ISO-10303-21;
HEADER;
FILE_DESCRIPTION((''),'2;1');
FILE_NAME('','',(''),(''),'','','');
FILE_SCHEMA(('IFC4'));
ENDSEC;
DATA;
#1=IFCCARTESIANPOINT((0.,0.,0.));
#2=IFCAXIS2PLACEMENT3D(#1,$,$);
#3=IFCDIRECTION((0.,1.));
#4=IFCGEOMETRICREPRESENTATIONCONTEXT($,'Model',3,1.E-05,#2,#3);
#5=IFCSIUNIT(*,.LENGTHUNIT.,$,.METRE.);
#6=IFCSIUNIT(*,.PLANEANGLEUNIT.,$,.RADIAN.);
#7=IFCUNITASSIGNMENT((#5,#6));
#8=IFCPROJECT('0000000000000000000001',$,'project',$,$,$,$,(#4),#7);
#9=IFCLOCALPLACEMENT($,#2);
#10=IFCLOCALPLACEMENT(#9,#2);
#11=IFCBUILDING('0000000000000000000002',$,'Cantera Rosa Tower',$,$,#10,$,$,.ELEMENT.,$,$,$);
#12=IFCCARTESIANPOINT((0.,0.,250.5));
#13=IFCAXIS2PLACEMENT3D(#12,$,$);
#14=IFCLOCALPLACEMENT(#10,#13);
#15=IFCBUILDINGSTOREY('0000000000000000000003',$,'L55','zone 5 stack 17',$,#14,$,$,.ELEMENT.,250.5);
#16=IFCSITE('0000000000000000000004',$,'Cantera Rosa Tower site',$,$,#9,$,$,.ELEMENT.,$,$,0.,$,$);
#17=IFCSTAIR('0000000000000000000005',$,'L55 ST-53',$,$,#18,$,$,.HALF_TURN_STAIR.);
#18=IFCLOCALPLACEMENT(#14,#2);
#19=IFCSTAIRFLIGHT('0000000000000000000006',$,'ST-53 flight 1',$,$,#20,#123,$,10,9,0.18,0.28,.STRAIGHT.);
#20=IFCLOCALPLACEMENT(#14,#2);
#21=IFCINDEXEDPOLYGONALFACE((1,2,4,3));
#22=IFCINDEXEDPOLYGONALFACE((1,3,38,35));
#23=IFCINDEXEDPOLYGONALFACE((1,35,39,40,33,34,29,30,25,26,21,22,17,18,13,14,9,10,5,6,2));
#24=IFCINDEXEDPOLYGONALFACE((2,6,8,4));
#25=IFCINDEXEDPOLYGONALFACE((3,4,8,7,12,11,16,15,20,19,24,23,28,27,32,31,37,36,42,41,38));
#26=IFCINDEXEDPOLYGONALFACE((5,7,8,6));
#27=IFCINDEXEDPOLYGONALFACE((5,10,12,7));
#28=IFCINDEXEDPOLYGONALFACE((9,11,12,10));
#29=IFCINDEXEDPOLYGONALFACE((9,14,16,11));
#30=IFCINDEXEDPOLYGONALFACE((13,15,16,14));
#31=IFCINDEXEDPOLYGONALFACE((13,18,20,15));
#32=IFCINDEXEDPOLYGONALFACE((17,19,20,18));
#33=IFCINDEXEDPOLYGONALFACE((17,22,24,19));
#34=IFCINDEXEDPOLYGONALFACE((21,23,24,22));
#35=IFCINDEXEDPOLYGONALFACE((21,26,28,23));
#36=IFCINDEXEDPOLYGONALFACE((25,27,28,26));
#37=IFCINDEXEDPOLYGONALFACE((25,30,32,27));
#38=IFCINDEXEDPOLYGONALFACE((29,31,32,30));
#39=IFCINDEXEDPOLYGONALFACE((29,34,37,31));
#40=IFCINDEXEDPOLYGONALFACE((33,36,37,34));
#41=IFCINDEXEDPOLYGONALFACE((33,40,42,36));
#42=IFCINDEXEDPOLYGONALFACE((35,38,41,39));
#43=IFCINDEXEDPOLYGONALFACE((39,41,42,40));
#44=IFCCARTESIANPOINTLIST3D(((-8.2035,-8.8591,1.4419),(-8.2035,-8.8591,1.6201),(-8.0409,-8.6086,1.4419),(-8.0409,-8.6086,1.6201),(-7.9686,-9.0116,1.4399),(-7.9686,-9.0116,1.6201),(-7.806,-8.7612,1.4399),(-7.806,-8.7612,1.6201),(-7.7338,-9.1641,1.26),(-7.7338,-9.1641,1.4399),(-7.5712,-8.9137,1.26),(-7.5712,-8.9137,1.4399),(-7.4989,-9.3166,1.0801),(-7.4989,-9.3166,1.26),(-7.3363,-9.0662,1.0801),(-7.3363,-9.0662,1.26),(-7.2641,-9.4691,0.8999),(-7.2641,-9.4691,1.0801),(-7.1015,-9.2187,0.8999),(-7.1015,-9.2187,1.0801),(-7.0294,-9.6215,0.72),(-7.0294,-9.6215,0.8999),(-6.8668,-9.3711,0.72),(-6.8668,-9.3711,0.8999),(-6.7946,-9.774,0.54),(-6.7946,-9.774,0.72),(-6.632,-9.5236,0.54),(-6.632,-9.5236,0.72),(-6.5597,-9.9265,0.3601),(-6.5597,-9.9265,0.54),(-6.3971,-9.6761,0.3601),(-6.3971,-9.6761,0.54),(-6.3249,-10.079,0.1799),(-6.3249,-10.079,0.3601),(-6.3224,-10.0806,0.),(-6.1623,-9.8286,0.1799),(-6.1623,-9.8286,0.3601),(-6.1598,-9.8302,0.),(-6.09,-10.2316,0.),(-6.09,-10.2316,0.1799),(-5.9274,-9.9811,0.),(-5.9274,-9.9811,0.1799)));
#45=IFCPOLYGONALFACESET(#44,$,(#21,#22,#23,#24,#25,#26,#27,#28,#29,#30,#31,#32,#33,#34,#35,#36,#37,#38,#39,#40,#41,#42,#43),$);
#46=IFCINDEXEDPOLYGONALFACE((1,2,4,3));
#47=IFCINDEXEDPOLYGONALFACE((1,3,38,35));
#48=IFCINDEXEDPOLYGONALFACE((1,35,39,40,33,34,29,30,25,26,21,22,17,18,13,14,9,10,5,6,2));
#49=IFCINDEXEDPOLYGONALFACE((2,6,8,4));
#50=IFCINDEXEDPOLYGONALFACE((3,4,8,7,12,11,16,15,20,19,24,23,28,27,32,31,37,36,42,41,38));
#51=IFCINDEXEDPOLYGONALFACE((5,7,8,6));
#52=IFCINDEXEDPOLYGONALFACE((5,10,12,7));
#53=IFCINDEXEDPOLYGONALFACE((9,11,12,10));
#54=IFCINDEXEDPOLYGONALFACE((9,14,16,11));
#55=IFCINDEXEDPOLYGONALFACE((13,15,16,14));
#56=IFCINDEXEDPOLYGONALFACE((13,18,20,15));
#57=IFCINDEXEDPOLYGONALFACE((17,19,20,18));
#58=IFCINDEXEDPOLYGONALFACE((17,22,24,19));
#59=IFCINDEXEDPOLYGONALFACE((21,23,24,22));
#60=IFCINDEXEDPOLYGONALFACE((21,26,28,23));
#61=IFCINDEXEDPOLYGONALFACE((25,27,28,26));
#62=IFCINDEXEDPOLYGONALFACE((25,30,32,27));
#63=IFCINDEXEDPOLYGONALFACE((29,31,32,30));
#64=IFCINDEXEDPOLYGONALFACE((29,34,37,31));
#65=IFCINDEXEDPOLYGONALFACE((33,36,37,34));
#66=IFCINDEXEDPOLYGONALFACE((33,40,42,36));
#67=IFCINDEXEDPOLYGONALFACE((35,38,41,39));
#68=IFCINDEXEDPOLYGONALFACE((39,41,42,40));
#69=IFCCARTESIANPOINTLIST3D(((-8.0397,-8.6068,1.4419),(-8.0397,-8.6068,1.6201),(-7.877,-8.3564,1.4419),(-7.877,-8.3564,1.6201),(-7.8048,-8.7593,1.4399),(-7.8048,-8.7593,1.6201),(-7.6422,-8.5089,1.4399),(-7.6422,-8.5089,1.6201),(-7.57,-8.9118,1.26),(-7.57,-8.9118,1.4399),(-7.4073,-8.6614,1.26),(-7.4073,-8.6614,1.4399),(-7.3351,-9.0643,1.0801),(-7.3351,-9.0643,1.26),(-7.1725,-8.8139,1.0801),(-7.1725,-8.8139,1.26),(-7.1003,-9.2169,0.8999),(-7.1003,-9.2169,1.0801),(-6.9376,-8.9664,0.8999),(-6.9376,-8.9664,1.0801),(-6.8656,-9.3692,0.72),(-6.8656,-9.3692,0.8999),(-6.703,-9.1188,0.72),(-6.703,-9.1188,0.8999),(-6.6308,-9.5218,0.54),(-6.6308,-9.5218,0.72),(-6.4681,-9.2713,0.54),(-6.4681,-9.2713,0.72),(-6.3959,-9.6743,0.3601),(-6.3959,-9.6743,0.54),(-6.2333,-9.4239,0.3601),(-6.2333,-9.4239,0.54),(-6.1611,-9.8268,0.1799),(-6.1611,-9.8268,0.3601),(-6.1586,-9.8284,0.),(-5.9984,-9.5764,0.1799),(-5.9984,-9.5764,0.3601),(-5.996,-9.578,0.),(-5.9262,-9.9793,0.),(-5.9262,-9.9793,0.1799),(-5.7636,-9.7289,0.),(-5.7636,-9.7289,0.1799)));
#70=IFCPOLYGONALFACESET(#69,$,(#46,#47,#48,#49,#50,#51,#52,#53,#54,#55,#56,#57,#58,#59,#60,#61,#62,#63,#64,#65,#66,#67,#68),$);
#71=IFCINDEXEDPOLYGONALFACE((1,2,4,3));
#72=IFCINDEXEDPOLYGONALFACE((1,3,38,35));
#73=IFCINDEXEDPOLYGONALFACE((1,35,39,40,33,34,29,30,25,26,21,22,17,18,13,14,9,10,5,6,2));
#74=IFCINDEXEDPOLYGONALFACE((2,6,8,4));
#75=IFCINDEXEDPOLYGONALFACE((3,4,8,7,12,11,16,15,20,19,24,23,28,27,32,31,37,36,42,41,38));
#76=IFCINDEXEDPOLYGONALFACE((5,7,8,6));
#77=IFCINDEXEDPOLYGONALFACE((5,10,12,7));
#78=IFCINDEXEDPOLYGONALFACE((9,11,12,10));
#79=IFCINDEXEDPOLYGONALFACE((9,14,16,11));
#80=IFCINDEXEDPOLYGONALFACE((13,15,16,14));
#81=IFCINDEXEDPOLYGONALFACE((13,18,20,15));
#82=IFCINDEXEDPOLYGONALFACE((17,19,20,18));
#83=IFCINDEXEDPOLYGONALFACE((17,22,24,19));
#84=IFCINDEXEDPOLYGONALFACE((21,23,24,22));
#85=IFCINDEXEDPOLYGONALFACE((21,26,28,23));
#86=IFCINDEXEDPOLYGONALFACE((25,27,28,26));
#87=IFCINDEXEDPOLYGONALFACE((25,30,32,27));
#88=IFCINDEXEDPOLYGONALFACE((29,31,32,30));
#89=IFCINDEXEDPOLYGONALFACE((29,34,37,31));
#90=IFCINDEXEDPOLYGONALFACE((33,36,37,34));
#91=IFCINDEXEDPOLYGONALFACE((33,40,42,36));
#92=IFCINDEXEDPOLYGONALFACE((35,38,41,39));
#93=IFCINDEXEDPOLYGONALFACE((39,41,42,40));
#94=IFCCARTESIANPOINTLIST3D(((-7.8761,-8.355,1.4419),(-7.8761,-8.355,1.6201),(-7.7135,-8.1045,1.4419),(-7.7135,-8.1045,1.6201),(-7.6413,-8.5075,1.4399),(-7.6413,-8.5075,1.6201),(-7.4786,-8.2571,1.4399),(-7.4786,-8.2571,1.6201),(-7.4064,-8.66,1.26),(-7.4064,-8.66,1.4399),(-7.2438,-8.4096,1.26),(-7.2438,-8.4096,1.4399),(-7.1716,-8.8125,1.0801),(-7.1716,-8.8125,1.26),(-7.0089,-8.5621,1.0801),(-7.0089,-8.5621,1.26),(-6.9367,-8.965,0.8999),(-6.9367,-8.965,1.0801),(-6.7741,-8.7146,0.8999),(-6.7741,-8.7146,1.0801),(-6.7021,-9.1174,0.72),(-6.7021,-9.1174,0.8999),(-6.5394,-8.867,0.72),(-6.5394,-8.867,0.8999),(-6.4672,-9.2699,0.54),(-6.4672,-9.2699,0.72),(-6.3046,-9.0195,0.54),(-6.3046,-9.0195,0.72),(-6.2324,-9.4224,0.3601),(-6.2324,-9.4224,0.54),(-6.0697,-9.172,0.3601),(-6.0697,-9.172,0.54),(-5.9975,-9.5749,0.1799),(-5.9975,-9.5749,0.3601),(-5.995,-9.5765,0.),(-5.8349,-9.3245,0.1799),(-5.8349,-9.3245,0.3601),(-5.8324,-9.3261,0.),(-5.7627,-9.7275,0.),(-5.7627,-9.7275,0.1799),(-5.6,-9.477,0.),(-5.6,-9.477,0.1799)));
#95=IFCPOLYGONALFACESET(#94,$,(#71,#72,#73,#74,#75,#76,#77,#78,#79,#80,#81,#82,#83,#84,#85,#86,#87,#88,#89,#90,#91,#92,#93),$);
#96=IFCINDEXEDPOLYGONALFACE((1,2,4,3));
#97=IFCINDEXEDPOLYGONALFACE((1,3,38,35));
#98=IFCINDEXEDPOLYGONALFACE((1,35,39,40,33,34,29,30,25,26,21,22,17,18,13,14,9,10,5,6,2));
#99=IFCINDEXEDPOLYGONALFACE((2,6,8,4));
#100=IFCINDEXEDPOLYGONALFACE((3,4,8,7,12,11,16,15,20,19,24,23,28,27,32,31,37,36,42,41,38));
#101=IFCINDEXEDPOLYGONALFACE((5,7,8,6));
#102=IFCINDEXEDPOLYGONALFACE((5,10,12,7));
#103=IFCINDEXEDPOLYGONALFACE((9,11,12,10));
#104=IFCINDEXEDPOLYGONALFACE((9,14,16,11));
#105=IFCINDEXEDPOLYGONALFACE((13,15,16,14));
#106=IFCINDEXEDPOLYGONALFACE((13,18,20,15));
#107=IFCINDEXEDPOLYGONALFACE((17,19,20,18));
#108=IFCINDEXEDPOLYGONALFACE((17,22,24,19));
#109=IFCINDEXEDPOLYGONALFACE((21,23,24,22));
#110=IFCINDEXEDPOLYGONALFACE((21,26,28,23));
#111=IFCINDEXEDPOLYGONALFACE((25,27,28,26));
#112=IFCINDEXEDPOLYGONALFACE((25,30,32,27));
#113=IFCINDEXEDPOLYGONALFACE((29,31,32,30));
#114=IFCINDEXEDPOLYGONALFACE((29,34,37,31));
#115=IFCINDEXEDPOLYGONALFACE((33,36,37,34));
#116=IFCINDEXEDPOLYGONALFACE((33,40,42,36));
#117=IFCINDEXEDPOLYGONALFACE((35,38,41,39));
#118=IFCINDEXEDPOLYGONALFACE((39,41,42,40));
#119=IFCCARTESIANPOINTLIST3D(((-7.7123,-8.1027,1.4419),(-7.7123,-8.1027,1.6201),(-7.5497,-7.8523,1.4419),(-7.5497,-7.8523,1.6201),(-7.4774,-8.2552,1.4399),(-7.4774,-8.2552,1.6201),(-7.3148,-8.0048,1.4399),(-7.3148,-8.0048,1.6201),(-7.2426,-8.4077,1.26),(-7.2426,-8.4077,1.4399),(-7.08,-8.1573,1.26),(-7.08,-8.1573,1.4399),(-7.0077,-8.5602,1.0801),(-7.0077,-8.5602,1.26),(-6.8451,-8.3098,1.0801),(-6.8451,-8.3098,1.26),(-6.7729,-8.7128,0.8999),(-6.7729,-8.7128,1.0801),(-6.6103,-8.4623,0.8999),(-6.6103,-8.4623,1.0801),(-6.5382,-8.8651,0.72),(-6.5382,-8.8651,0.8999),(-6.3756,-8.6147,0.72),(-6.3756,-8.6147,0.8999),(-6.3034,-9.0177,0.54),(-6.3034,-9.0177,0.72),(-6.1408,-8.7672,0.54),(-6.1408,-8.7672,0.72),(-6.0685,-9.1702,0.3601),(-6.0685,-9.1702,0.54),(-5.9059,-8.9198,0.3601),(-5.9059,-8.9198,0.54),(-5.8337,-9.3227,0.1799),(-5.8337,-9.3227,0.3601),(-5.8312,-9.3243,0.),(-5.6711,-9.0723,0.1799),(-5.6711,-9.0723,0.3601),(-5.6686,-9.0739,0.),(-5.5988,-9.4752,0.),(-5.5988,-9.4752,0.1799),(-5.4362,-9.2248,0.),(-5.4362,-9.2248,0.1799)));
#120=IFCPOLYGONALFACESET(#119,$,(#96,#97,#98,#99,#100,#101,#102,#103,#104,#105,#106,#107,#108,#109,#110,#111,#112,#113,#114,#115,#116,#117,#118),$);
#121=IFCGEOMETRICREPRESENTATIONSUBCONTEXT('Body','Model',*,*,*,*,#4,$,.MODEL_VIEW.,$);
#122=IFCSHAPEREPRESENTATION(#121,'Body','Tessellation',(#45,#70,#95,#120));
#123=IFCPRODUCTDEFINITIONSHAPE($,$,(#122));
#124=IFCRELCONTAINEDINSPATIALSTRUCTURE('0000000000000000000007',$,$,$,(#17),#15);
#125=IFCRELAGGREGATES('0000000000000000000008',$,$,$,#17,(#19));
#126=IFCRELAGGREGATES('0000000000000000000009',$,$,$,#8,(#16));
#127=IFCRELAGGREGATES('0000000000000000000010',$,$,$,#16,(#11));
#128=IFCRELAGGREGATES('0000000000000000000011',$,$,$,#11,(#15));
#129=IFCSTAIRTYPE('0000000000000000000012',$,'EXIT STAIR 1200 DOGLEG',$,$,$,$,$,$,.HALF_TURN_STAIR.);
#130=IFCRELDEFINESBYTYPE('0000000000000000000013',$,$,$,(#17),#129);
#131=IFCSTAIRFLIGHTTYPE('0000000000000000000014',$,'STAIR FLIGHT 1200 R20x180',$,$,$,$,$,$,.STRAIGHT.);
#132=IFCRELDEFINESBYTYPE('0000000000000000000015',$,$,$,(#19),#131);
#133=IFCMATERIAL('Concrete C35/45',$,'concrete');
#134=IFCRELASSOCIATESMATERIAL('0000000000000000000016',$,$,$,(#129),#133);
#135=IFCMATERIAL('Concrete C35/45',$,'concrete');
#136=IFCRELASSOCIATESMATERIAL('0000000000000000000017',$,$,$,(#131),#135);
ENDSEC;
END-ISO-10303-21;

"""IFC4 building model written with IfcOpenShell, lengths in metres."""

from ifc_helpers import new_model, si_unit, direction, frame, origin, place, context, subcontext, project, spatial, polyline, outline, extrude, material, type_object, element, aggregate, save


model = new_model("IFC4")

# Units and contexts
model_context = context("Model", 3, precision=1e-05, world=origin(), true_north=direction((0.0, 1.0)))
body_context = subcontext(model_context, "Body", "Model", "MODEL_VIEW")
ifc_project = project(units=[si_unit("LENGTHUNIT", "METRE"), si_unit("PLANEANGLEUNIT", "RADIAN")], contexts=[model_context])

# Site, building, storey
site_placement = place(None, origin())
site = spatial("IfcSite", under=ifc_project, at=site_placement, Name="Cantera Rosa Tower site", CompositionType="ELEMENT", RefElevation=0.0)
building_placement = place(site_placement, origin())
building = spatial("IfcBuilding", under=site, at=building_placement, Name="Cantera Rosa Tower", CompositionType="ELEMENT")
storey_placement = place(building_placement, frame((0.0, 0.0, 250.5)))
storey = spatial("IfcBuildingStorey", under=building, at=storey_placement, Name="L55", Description="zone 5 stack 17", CompositionType="ELEMENT", Elevation=250.5)

# Stair, stair flight
ifc_material_1 = material(Name="Concrete C35/45", Category="concrete")
stair_type = type_object("IfcStairType", Name="EXIT STAIR 1200 DOGLEG", PredefinedType="HALF_TURN_STAIR", material=ifc_material_1)
stair_placement = place(storey_placement, origin())
stair = element("IfcStair", 1, at=stair_placement, inside=storey, type_object=stair_type, Name="L55 ST-53", PredefinedType="HALF_TURN_STAIR")
ifc_material_2 = material(Name="Concrete C35/45", Category="concrete")
stair_flight_type = type_object("IfcStairFlightType", Name="STAIR FLIGHT 1200 R20x180", PredefinedType="STRAIGHT", material=ifc_material_2)
stair_flight_1_placement = place(storey_placement, frame((-5.7632, -9.7283, 0.0), z_axis=(0.0, 0.0, 1.0), x_axis=(-0.838671, 0.544639, 0.0)))
stair_flight_1 = element("IfcStairFlight", 2, at=stair_flight_1_placement, type_object=stair_flight_type, Name="ST-53 flight 1", NumberOfRisers=10, NumberOfTreads=9, PredefinedType="STRAIGHT", RiserHeight=0.18, TreadLength=0.28, context=body_context, shape_type="SweptSolid", body=[
    extrude(outline(polyline([(0.0, 0.0), (0.0, 0.1799), (0.28, 0.1799), (0.28, 0.3601), (0.5601, 0.3601), (0.5601, 0.54), (0.8401, 0.54), (0.8401, 0.72), (1.1201, 0.72), (1.1201, 0.8999), (1.3999, 0.8999), (1.3999, 1.0801), (1.6799, 1.0801), (1.6799, 1.26), (1.96, 1.26), (1.96, 1.4399), (2.24, 1.4399), (2.24, 1.6201), (2.52, 1.6201), (2.52, 1.8), (2.52, 1.4419), (0.2771, 0.0), (0.0, 0.0)])), frame((0.0, 0.6001, 0.0), z_axis=(0.0, -1.0, 0.0), x_axis=(1.0, 0.0, 0.0)), (0.0, 0.0, 1.0), 0.2986),
    extrude(outline(polyline([(0.0, 0.0), (0.0, 0.1799), (0.28, 0.1799), (0.28, 0.3601), (0.5601, 0.3601), (0.5601, 0.54), (0.8401, 0.54), (0.8401, 0.72), (1.1201, 0.72), (1.1201, 0.8999), (1.3999, 0.8999), (1.3999, 1.0801), (1.6799, 1.0801), (1.6799, 1.26), (1.96, 1.26), (1.96, 1.4399), (2.24, 1.4399), (2.24, 1.6201), (2.52, 1.6201), (2.52, 1.8), (2.52, 1.4419), (0.2771, 0.0), (0.0, 0.0)])), frame((0.0, 0.2993, 0.0), z_axis=(0.0, -1.0, 0.0), x_axis=(1.0, 0.0, 0.0)), (0.0, 0.0, 1.0), 0.2986),
    extrude(outline(polyline([(0.0, 0.0), (0.0, 0.1799), (0.28, 0.1799), (0.28, 0.3601), (0.5601, 0.3601), (0.5601, 0.54), (0.8401, 0.54), (0.8401, 0.72), (1.1201, 0.72), (1.1201, 0.8999), (1.3999, 0.8999), (1.3999, 1.0801), (1.6799, 1.0801), (1.6799, 1.26), (1.96, 1.26), (1.96, 1.4399), (2.24, 1.4399), (2.24, 1.6201), (2.52, 1.6201), (2.52, 1.8), (2.52, 1.4419), (0.2771, 0.0), (0.0, 0.0)])), frame((0.0, -0.001, 0.0), z_axis=(0.0, -1.0, 0.0), x_axis=(1.0, 0.0, 0.0)), (0.0, 0.0, 1.0), 0.2986),
    extrude(outline(polyline([(0.0, 0.0), (0.0, 0.1799), (0.28, 0.1799), (0.28, 0.3601), (0.5601, 0.3601), (0.5601, 0.54), (0.8401, 0.54), (0.8401, 0.72), (1.1201, 0.72), (1.1201, 0.8999), (1.3999, 0.8999), (1.3999, 1.0801), (1.6799, 1.0801), (1.6799, 1.26), (1.96, 1.26), (1.96, 1.4399), (2.24, 1.4399), (2.24, 1.6201), (2.52, 1.6201), (2.52, 1.8), (2.52, 1.4419), (0.2771, 0.0), (0.0, 0.0)])), frame((0.0, -0.3018, 0.0), z_axis=(0.0, -1.0, 0.0), x_axis=(1.0, 0.0, 0.0)), (0.0, 0.0, 1.0), 0.2986),
])
aggregate(stair, [stair_flight_1])

save(model, "model.ifc")
